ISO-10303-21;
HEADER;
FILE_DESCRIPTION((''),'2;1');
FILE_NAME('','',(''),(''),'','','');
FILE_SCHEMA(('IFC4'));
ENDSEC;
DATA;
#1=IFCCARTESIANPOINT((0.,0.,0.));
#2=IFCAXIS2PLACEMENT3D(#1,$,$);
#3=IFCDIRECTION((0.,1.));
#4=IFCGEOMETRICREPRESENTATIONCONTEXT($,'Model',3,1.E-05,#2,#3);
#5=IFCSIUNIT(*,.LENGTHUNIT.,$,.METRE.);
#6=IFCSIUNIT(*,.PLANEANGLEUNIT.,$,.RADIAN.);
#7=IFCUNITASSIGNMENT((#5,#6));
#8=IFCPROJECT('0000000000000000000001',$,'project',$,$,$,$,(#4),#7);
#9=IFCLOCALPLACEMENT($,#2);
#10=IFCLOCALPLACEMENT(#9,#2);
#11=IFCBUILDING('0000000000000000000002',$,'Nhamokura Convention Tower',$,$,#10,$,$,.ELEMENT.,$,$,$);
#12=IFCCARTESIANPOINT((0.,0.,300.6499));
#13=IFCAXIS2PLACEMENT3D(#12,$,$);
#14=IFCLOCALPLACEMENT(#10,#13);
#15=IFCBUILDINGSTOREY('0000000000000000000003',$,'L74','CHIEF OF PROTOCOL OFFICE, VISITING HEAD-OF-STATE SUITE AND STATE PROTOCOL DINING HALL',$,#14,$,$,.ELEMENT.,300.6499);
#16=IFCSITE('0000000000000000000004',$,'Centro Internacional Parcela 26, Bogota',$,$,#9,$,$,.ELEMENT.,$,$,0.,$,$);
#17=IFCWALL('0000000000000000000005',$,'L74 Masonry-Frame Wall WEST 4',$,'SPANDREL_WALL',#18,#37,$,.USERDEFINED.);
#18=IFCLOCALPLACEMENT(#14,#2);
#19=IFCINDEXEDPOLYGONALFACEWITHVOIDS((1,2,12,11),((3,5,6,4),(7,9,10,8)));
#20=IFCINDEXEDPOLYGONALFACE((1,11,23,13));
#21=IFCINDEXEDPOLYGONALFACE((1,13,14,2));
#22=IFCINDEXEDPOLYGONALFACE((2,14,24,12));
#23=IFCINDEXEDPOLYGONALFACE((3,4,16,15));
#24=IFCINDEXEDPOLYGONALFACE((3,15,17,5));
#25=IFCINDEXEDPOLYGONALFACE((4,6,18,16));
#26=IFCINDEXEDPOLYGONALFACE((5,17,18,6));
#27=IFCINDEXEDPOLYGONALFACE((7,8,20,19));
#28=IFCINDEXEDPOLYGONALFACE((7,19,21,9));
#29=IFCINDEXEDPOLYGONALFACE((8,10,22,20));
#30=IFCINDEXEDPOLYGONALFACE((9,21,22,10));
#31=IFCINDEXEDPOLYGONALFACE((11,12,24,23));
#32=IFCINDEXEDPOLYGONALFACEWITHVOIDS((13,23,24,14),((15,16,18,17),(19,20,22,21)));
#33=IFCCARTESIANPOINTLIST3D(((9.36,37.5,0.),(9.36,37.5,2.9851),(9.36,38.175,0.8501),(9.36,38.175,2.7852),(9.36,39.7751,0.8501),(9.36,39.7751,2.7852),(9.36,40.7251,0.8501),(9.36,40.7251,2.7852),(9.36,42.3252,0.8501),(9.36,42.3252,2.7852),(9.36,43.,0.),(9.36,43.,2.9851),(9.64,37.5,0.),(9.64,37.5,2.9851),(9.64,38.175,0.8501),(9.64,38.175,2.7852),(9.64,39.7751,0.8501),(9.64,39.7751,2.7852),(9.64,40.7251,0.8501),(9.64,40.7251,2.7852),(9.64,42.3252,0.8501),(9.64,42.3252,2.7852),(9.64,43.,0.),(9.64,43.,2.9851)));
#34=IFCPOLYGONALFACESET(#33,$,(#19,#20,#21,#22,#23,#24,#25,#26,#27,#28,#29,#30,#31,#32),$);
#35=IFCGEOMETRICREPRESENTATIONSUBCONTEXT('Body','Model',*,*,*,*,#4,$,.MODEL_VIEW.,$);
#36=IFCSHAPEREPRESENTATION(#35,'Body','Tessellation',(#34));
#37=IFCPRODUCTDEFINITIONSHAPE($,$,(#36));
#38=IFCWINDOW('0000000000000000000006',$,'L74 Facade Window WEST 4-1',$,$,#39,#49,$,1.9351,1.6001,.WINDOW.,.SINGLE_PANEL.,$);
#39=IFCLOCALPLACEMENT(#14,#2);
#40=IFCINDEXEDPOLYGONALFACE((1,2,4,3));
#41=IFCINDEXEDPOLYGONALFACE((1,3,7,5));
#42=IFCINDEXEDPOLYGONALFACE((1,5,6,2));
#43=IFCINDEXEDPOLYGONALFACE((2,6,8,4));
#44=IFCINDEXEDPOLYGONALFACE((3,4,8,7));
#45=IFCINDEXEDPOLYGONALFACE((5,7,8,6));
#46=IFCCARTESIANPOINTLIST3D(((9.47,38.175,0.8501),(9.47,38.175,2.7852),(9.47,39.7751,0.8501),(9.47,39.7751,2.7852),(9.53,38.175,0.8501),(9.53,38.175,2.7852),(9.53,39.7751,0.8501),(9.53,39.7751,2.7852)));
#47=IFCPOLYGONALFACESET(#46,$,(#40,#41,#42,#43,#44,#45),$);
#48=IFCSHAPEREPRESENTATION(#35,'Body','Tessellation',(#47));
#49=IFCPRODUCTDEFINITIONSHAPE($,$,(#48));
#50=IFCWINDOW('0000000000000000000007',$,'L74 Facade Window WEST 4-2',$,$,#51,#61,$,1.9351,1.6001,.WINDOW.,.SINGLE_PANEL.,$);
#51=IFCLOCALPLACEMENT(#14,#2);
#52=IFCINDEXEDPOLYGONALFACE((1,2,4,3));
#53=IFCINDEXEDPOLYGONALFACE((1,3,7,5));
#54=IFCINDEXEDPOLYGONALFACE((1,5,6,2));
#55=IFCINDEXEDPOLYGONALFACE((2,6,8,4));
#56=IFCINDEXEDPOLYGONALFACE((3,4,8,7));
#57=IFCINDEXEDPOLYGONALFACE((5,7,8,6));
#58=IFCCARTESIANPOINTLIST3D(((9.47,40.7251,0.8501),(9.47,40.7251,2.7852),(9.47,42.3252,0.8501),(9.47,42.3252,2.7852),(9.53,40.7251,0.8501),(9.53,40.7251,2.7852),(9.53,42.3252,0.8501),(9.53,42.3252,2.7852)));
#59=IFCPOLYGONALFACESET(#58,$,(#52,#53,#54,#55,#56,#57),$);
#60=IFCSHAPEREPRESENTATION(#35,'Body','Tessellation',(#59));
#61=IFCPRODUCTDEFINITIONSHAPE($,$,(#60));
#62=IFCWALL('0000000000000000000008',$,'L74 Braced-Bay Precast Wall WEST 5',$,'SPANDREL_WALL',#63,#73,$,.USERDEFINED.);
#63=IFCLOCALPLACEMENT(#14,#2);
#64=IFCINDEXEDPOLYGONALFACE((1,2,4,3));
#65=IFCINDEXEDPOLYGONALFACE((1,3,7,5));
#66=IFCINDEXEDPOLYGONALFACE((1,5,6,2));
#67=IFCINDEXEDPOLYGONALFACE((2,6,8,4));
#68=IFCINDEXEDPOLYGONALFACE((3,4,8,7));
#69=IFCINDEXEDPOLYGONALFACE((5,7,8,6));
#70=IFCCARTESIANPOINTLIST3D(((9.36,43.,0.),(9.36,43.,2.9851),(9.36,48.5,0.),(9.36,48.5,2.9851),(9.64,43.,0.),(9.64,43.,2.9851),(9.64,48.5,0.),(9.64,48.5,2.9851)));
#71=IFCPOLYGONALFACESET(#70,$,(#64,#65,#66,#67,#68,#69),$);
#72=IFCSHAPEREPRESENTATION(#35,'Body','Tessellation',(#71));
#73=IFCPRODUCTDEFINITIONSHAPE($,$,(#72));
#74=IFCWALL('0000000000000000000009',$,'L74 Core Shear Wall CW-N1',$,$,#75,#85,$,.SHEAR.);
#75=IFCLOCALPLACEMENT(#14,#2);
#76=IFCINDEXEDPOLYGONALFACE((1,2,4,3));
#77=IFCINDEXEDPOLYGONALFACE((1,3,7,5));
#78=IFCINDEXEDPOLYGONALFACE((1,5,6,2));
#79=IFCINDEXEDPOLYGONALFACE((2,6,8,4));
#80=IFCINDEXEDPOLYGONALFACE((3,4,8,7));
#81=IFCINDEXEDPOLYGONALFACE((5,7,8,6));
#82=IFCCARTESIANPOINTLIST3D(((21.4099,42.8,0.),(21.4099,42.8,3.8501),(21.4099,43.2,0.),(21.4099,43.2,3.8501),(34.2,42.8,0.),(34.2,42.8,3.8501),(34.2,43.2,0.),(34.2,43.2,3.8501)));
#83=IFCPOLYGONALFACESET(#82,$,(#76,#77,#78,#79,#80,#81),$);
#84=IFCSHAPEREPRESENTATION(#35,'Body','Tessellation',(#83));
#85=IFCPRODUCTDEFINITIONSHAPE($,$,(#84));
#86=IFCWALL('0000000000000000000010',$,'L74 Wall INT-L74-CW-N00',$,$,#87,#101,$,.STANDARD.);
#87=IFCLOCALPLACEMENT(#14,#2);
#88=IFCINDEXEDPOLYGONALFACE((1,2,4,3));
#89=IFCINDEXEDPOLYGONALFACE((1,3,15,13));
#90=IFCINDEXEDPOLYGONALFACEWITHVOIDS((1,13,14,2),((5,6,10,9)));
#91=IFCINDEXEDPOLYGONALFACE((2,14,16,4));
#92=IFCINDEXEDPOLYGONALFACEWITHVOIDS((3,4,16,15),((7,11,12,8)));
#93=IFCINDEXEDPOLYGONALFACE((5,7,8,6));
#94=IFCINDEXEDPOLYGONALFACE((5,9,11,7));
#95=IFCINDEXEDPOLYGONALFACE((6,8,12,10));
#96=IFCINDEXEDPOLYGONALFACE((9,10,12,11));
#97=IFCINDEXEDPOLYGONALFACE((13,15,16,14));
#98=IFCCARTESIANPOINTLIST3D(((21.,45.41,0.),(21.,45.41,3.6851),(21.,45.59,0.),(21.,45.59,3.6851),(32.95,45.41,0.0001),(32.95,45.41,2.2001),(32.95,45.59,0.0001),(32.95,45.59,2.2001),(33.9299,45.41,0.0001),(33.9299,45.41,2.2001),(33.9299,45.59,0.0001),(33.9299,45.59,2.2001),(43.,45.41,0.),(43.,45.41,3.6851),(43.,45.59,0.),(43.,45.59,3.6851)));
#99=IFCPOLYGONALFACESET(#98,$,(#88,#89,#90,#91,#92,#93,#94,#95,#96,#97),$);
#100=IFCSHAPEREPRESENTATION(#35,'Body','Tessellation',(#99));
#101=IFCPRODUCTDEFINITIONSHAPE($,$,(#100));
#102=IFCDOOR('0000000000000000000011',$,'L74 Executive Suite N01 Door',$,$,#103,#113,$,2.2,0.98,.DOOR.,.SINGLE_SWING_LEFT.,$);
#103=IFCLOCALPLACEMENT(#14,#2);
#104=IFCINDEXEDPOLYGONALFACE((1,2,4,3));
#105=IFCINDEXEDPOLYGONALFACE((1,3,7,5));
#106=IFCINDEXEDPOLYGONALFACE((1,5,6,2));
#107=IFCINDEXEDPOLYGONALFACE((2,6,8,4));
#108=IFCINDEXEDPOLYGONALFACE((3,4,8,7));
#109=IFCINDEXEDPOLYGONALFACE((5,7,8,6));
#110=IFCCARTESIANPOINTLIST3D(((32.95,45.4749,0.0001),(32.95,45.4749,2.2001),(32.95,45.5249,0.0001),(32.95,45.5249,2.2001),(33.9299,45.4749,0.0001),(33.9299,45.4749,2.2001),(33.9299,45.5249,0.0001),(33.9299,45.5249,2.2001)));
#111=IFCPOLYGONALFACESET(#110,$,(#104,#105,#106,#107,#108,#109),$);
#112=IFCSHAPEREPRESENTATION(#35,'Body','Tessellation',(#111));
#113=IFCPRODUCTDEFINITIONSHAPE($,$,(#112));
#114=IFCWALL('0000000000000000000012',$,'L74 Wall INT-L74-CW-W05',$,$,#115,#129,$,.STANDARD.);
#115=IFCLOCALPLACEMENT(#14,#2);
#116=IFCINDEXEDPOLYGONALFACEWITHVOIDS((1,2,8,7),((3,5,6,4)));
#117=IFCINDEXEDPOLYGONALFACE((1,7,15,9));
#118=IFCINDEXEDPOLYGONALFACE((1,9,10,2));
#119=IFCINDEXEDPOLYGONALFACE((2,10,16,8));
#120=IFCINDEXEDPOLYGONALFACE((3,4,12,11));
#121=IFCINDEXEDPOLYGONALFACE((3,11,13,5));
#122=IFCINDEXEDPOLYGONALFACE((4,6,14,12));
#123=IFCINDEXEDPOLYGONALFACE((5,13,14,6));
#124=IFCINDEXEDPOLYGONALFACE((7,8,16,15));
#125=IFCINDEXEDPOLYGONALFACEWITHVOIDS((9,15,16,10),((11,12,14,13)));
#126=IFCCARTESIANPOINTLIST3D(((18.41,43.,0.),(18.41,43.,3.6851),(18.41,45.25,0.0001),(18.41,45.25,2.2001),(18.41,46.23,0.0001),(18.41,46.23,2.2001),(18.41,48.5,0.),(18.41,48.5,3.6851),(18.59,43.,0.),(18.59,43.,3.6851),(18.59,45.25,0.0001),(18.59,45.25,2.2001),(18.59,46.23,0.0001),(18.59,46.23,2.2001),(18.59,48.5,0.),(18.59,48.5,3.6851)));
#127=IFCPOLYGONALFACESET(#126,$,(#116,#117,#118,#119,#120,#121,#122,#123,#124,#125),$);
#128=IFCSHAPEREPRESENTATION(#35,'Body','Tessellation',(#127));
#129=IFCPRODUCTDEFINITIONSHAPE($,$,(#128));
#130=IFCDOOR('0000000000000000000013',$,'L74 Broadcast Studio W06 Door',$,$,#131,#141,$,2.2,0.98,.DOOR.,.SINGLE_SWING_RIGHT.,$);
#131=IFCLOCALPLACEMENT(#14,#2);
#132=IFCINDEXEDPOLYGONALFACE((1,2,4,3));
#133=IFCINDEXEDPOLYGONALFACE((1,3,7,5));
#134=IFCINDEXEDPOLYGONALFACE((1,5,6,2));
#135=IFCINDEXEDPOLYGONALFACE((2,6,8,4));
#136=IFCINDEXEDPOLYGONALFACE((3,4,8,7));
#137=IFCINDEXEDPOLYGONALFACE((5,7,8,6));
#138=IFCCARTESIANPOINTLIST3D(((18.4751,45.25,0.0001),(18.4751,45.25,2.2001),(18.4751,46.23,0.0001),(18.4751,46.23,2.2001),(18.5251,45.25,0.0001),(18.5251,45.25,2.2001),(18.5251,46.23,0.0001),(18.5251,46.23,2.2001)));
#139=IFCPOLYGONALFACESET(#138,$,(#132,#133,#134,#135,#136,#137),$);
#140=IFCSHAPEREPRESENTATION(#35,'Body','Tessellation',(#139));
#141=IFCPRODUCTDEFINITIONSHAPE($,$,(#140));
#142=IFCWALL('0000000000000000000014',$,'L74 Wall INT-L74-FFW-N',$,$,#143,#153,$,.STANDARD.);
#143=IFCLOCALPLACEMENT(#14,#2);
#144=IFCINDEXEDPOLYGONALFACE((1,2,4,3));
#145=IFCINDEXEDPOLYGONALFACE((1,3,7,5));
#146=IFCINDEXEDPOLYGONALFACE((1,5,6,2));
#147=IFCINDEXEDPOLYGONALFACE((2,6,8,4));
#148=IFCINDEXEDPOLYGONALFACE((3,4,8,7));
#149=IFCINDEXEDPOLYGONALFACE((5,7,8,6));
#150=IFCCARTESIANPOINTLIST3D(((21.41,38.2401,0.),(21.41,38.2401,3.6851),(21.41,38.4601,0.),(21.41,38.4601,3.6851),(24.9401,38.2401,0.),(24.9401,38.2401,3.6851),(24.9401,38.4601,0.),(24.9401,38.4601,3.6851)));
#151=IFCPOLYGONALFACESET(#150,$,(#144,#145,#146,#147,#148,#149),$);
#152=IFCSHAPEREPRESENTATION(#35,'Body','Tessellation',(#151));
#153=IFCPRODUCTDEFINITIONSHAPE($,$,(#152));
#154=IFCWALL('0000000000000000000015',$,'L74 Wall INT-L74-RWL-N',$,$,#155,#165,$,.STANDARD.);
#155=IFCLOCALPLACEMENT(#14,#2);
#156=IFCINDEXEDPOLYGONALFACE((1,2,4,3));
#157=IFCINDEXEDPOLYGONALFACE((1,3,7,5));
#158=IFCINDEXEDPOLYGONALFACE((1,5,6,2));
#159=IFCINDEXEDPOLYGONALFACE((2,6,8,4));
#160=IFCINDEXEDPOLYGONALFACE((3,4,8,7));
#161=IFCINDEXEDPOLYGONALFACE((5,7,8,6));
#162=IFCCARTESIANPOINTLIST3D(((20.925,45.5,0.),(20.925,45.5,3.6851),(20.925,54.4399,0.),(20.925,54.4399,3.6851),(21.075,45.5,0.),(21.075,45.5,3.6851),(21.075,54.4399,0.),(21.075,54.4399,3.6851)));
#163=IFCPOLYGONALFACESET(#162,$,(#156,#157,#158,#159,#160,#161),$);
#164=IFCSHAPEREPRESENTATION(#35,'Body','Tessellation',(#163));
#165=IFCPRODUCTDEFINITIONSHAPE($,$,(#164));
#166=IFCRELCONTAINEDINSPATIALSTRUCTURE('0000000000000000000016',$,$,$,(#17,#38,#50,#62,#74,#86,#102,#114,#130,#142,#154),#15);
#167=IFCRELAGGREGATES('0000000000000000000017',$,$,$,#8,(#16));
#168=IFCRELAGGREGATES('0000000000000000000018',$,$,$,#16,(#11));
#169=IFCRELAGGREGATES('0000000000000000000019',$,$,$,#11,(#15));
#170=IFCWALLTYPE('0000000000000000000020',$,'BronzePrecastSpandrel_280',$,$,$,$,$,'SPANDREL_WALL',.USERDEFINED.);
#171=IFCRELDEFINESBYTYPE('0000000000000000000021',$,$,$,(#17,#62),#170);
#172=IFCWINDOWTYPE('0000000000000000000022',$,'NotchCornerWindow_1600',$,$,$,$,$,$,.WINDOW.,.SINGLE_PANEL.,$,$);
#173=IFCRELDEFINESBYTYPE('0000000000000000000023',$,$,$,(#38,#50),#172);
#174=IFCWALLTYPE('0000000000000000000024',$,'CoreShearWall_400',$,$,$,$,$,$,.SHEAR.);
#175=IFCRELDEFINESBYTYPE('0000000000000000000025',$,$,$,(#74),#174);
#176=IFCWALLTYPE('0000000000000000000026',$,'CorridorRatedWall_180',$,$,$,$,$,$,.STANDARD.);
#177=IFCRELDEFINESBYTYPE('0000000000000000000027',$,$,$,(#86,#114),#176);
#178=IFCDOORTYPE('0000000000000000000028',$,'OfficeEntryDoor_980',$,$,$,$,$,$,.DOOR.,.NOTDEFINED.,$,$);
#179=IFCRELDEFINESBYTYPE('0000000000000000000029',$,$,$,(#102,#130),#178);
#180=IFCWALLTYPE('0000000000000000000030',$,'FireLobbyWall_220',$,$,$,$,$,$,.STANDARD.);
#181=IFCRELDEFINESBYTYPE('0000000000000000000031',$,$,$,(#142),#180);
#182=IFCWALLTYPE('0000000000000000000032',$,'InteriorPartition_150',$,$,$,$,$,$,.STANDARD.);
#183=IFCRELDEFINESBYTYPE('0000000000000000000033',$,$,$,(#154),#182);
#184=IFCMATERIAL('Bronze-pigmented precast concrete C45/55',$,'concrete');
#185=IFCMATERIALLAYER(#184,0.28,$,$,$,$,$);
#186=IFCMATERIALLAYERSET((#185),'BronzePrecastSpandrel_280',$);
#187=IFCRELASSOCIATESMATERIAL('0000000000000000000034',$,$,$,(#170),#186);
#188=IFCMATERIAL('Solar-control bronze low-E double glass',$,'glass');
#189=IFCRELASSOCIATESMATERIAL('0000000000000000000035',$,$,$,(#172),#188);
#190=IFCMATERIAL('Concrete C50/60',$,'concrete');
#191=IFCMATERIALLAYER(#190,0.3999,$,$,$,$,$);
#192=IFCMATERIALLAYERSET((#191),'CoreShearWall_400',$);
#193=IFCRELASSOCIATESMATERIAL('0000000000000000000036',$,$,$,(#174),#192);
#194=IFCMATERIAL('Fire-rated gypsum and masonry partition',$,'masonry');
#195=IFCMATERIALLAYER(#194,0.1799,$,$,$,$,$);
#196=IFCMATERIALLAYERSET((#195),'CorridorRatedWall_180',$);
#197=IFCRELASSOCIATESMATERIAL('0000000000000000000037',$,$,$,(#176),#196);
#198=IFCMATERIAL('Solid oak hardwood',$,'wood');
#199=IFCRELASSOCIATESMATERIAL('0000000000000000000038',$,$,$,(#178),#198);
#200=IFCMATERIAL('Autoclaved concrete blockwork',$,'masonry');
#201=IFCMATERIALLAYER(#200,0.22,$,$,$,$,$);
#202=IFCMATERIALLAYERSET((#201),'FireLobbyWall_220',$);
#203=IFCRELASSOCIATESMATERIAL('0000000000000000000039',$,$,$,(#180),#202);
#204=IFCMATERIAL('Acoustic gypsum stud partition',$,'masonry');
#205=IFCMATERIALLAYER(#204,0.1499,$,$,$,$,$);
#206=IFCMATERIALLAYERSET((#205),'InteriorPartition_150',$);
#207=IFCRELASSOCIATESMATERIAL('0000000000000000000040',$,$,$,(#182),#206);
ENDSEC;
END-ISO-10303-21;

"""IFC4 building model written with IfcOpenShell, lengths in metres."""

from ifc_helpers import new_model, si_unit, direction, frame, frame_2d, origin, place, context, subcontext, project, spatial, rectangle, extrude, material, layer, layer_set, type_object, element, fill, save


model = new_model("IFC4")

# Units and contexts
model_context = context("Model", 3, precision=1e-05, world=origin(), true_north=direction((0.0, 1.0)))
body_context = subcontext(model_context, "Body", "Model", "MODEL_VIEW")
ifc_project = project(units=[si_unit("LENGTHUNIT", "METRE"), si_unit("PLANEANGLEUNIT", "RADIAN")], contexts=[model_context])

# Site, building, storey
site_placement = place(None, origin())
site = spatial("IfcSite", under=ifc_project, at=site_placement, Name="Centro Internacional Parcela 26, Bogota", CompositionType="ELEMENT", RefElevation=0.0)
building_placement = place(site_placement, origin())
building = spatial("IfcBuilding", under=site, at=building_placement, Name="Nhamokura Convention Tower", CompositionType="ELEMENT")
storey_placement = place(building_placement, frame((0.0, 0.0, 300.6499)))
storey = spatial("IfcBuildingStorey", under=building, at=storey_placement, Name="L74", Description="CHIEF OF PROTOCOL OFFICE, VISITING HEAD-OF-STATE SUITE AND STATE PROTOCOL DINING HALL", CompositionType="ELEMENT", Elevation=300.6499)

# Wall, openings, windows
ifc_material_1 = material(Name="Bronze-pigmented precast concrete C45/55", Category="concrete")
ifc_layer_1 = layer(ifc_material_1, 0.28)
ifc_layer_set_1 = layer_set([ifc_layer_1], Name="BronzePrecastSpandrel_280")
wall_type_1 = type_object("IfcWallType", Name="BronzePrecastSpandrel_280", ElementType="SPANDREL_WALL", PredefinedType="USERDEFINED", material=ifc_layer_set_1)
wall_1_placement = place(storey_placement, frame((9.5, 37.5, 0.0), z_axis=(0.0, 0.0, 1.0), x_axis=(0.0, 1.0, 0.0)))
wall_1 = element("IfcWall", 1, at=wall_1_placement, inside=storey, type_object=wall_type_1, Name="L74 Masonry-Frame Wall WEST 4", ObjectType="SPANDREL_WALL", PredefinedType="USERDEFINED", context=body_context, shape_type="SweptSolid", body=[
    extrude(rectangle(XDim=5.5, YDim=0.28, at=frame_2d((2.75, 0.0))), origin(), (0.0, 0.0, 1.0), 2.9851),
])
opening_1_placement = place(wall_1_placement, frame((0.675, 0.0, 0.8501)))
opening_1 = element("IfcOpeningElement", 2, at=opening_1_placement, cuts=wall_1, PredefinedType="OPENING", context=body_context, shape_type="SweptSolid", body=[
    extrude(rectangle(XDim=1.6001, YDim=1.9351, at=frame_2d((0.8, 0.9675))), frame((0.0, 0.1499, 0.0), z_axis=(0.0, -1.0, 0.0), x_axis=(1.0, 0.0, 0.0)), (0.0, 0.0, 1.0), 0.3),
])
opening_2_placement = place(wall_1_placement, frame((3.2251, 0.0, 0.8501)))
opening_2 = element("IfcOpeningElement", 3, at=opening_2_placement, cuts=wall_1, PredefinedType="OPENING", context=body_context, shape_type="SweptSolid", body=[
    extrude(rectangle(XDim=1.6001, YDim=1.9351, at=frame_2d((0.8, 0.9675))), frame((0.0, 0.1499, 0.0), z_axis=(0.0, -1.0, 0.0), x_axis=(1.0, 0.0, 0.0)), (0.0, 0.0, 1.0), 0.3),
])
ifc_material_2 = material(Name="Solar-control bronze low-E double glass", Category="glass")
window_type = type_object("IfcWindowType", Name="NotchCornerWindow_1600", PartitioningType="SINGLE_PANEL", PredefinedType="WINDOW", material=ifc_material_2)
window_1_placement = place(opening_1_placement, origin())
window_1 = element("IfcWindow", 4, at=window_1_placement, inside=storey, type_object=window_type, Name="L74 Facade Window WEST 4-1", OverallHeight=1.9351, OverallWidth=1.6001, PartitioningType="SINGLE_PANEL", PredefinedType="WINDOW", context=body_context, shape_type="SweptSolid", body=[
    extrude(rectangle(XDim=1.6001, YDim=1.9351, at=frame_2d((0.8, 0.9675))), frame((0.0, 0.03, 0.0), z_axis=(0.0, -1.0, 0.0), x_axis=(1.0, 0.0, 0.0)), (0.0, 0.0, 1.0), 0.0601),
])
fill(opening_1, window_1)
window_2_placement = place(opening_2_placement, origin())
window_2 = element("IfcWindow", 5, at=window_2_placement, inside=storey, type_object=window_type, Name="L74 Facade Window WEST 4-2", OverallHeight=1.9351, OverallWidth=1.6001, PartitioningType="SINGLE_PANEL", PredefinedType="WINDOW", context=body_context, shape_type="SweptSolid", body=[
    extrude(rectangle(XDim=1.6001, YDim=1.9351, at=frame_2d((0.8, 0.9675))), frame((0.0, 0.03, 0.0), z_axis=(0.0, -1.0, 0.0), x_axis=(1.0, 0.0, 0.0)), (0.0, 0.0, 1.0), 0.0601),
])
fill(opening_2, window_2)

# Walls
wall_2_placement = place(storey_placement, frame((9.5, 43.0, 0.0), z_axis=(0.0, 0.0, 1.0), x_axis=(0.0, 1.0, 0.0)))
element("IfcWall", 6, at=wall_2_placement, inside=storey, type_object=wall_type_1, Name="L74 Braced-Bay Precast Wall WEST 5", ObjectType="SPANDREL_WALL", PredefinedType="USERDEFINED", context=body_context, shape_type="SweptSolid", body=[
    extrude(rectangle(XDim=5.5, YDim=0.28, at=frame_2d((2.75, 0.0))), origin(), (0.0, 0.0, 1.0), 2.9851),
])
ifc_material_3 = material(Name="Concrete C50/60", Category="concrete")
ifc_layer_2 = layer(ifc_material_3, 0.3999)
ifc_layer_set_2 = layer_set([ifc_layer_2], Name="CoreShearWall_400")
wall_type_2 = type_object("IfcWallType", Name="CoreShearWall_400", PredefinedType="SHEAR", material=ifc_layer_set_2)
wall_3_placement = place(storey_placement, frame((21.4099, 43.0, 0.0), z_axis=(0.0, 0.0, 1.0), x_axis=(1.0, 0.0, 0.0)))
element("IfcWall", 7, at=wall_3_placement, inside=storey, type_object=wall_type_2, Name="L74 Core Shear Wall CW-N1", PredefinedType="SHEAR", context=body_context, shape_type="SweptSolid", body=[
    extrude(rectangle(XDim=12.79, YDim=0.3999, at=frame_2d((6.395, 0.0))), origin(), (0.0, 0.0, 1.0), 3.8501),
])

# Walls, openings, doors
ifc_material_4 = material(Name="Fire-rated gypsum and masonry partition", Category="masonry")
ifc_layer_3 = layer(ifc_material_4, 0.1799)
ifc_layer_set_3 = layer_set([ifc_layer_3], Name="CorridorRatedWall_180")
wall_type_3 = type_object("IfcWallType", Name="CorridorRatedWall_180", PredefinedType="STANDARD", material=ifc_layer_set_3)
wall_4_placement = place(storey_placement, frame((21.0, 45.5, 0.0), z_axis=(0.0, 0.0, 1.0), x_axis=(1.0, 0.0, 0.0)))
wall_4 = element("IfcWall", 8, at=wall_4_placement, inside=storey, type_object=wall_type_3, Name="L74 Wall INT-L74-CW-N00", PredefinedType="STANDARD", context=body_context, shape_type="SweptSolid", body=[
    extrude(rectangle(XDim=22.0, YDim=0.1799, at=frame_2d((11.0, 0.0))), origin(), (0.0, 0.0, 1.0), 3.6851),
])
opening_3_placement = place(wall_4_placement, frame((11.95, 0.0, 0.0)))
opening_3 = element("IfcOpeningElement", 9, at=opening_3_placement, cuts=wall_4, PredefinedType="OPENING", context=body_context, shape_type="SweptSolid", body=[
    extrude(rectangle(XDim=0.98, YDim=2.2, at=frame_2d((0.49, 1.1001))), frame((0.0, 0.0999, 0.0), z_axis=(0.0, -1.0, 0.0), x_axis=(1.0, 0.0, 0.0)), (0.0, 0.0, 1.0), 0.2),
])
ifc_material_5 = material(Name="Solid oak hardwood", Category="wood")
door_type_1 = type_object("IfcDoorType", Name="OfficeEntryDoor_980", OperationType="NOTDEFINED", PredefinedType="DOOR", material=ifc_material_5)
door_1_placement = place(opening_3_placement, origin())
door_1 = element("IfcDoor", 10, at=door_1_placement, inside=storey, type_object=door_type_1, Name="L74 Executive Suite N01 Door", OperationType="SINGLE_SWING_LEFT", OverallHeight=2.2, OverallWidth=0.98, PredefinedType="DOOR", context=body_context, shape_type="SweptSolid", body=[
    extrude(rectangle(XDim=0.98, YDim=2.2, at=frame_2d((0.49, 1.1001))), frame((0.0, 0.0249, 0.0), z_axis=(0.0, -1.0, 0.0), x_axis=(1.0, 0.0, 0.0)), (0.0, 0.0, 1.0), 0.05),
])
fill(opening_3, door_1)
wall_5_placement = place(storey_placement, frame((18.5, 43.0, 0.0), z_axis=(0.0, 0.0, 1.0), x_axis=(0.0, 1.0, 0.0)))
wall_5 = element("IfcWall", 11, at=wall_5_placement, inside=storey, type_object=wall_type_3, Name="L74 Wall INT-L74-CW-W05", PredefinedType="STANDARD", context=body_context, shape_type="SweptSolid", body=[
    extrude(rectangle(XDim=5.5, YDim=0.1799, at=frame_2d((2.75, 0.0))), origin(), (0.0, 0.0, 1.0), 3.6851),
])
opening_4_placement = place(wall_5_placement, frame((2.25, 0.0, 0.0)))
opening_4 = element("IfcOpeningElement", 12, at=opening_4_placement, cuts=wall_5, PredefinedType="OPENING", context=body_context, shape_type="SweptSolid", body=[
    extrude(rectangle(XDim=0.98, YDim=2.2, at=frame_2d((0.49, 1.1001))), frame((0.0, 0.0999, 0.0), z_axis=(0.0, -1.0, 0.0), x_axis=(1.0, 0.0, 0.0)), (0.0, 0.0, 1.0), 0.2),
])
door_2_placement = place(opening_4_placement, origin())
door_2 = element("IfcDoor", 13, at=door_2_placement, inside=storey, type_object=door_type_1, Name="L74 Broadcast Studio W06 Door", OperationType="SINGLE_SWING_RIGHT", OverallHeight=2.2, OverallWidth=0.98, PredefinedType="DOOR", context=body_context, shape_type="SweptSolid", body=[
    extrude(rectangle(XDim=0.98, YDim=2.2, at=frame_2d((0.49, 1.1001))), frame((0.0, 0.0249, 0.0), z_axis=(0.0, -1.0, 0.0), x_axis=(1.0, 0.0, 0.0)), (0.0, 0.0, 1.0), 0.05),
])
fill(opening_4, door_2)

# Walls
ifc_material_6 = material(Name="Autoclaved concrete blockwork", Category="masonry")
ifc_layer_4 = layer(ifc_material_6, 0.22)
ifc_layer_set_4 = layer_set([ifc_layer_4], Name="FireLobbyWall_220")
wall_type_4 = type_object("IfcWallType", Name="FireLobbyWall_220", PredefinedType="STANDARD", material=ifc_layer_set_4)
wall_6_placement = place(storey_placement, frame((21.4099, 38.3501, 0.0), z_axis=(0.0, 0.0, 1.0), x_axis=(1.0, 0.0, 0.0)))
element("IfcWall", 14, at=wall_6_placement, inside=storey, type_object=wall_type_4, Name="L74 Wall INT-L74-FFW-N", PredefinedType="STANDARD", context=body_context, shape_type="SweptSolid", body=[
    extrude(rectangle(XDim=3.53, YDim=0.22, at=frame_2d((1.7651, 0.0))), origin(), (0.0, 0.0, 1.0), 3.6851),
])
ifc_material_7 = material(Name="Acoustic gypsum stud partition", Category="masonry")
ifc_layer_5 = layer(ifc_material_7, 0.1499)
ifc_layer_set_5 = layer_set([ifc_layer_5], Name="InteriorPartition_150")
wall_type_5 = type_object("IfcWallType", Name="InteriorPartition_150", PredefinedType="STANDARD", material=ifc_layer_set_5)
for number, where, z_axis, x_axis, name in (
    (15, (21.0, 45.5, 0.0), (0.0, 0.0, 1.0), (0.0, 1.0, 0.0), "L74 Wall INT-L74-RWL-N"),
):
    element("IfcWall", number, at=place(storey_placement, frame(where, z_axis=z_axis, x_axis=x_axis)), inside=storey, type_object=wall_type_5, Name=name, PredefinedType="STANDARD", context=body_context, shape_type="SweptSolid", body=[
        extrude(rectangle(XDim=8.9399, YDim=0.1499, at=frame_2d((4.47, 0.0))), origin(), (0.0, 0.0, 1.0), 3.6851),
    ])

save(model, "model.ifc")
